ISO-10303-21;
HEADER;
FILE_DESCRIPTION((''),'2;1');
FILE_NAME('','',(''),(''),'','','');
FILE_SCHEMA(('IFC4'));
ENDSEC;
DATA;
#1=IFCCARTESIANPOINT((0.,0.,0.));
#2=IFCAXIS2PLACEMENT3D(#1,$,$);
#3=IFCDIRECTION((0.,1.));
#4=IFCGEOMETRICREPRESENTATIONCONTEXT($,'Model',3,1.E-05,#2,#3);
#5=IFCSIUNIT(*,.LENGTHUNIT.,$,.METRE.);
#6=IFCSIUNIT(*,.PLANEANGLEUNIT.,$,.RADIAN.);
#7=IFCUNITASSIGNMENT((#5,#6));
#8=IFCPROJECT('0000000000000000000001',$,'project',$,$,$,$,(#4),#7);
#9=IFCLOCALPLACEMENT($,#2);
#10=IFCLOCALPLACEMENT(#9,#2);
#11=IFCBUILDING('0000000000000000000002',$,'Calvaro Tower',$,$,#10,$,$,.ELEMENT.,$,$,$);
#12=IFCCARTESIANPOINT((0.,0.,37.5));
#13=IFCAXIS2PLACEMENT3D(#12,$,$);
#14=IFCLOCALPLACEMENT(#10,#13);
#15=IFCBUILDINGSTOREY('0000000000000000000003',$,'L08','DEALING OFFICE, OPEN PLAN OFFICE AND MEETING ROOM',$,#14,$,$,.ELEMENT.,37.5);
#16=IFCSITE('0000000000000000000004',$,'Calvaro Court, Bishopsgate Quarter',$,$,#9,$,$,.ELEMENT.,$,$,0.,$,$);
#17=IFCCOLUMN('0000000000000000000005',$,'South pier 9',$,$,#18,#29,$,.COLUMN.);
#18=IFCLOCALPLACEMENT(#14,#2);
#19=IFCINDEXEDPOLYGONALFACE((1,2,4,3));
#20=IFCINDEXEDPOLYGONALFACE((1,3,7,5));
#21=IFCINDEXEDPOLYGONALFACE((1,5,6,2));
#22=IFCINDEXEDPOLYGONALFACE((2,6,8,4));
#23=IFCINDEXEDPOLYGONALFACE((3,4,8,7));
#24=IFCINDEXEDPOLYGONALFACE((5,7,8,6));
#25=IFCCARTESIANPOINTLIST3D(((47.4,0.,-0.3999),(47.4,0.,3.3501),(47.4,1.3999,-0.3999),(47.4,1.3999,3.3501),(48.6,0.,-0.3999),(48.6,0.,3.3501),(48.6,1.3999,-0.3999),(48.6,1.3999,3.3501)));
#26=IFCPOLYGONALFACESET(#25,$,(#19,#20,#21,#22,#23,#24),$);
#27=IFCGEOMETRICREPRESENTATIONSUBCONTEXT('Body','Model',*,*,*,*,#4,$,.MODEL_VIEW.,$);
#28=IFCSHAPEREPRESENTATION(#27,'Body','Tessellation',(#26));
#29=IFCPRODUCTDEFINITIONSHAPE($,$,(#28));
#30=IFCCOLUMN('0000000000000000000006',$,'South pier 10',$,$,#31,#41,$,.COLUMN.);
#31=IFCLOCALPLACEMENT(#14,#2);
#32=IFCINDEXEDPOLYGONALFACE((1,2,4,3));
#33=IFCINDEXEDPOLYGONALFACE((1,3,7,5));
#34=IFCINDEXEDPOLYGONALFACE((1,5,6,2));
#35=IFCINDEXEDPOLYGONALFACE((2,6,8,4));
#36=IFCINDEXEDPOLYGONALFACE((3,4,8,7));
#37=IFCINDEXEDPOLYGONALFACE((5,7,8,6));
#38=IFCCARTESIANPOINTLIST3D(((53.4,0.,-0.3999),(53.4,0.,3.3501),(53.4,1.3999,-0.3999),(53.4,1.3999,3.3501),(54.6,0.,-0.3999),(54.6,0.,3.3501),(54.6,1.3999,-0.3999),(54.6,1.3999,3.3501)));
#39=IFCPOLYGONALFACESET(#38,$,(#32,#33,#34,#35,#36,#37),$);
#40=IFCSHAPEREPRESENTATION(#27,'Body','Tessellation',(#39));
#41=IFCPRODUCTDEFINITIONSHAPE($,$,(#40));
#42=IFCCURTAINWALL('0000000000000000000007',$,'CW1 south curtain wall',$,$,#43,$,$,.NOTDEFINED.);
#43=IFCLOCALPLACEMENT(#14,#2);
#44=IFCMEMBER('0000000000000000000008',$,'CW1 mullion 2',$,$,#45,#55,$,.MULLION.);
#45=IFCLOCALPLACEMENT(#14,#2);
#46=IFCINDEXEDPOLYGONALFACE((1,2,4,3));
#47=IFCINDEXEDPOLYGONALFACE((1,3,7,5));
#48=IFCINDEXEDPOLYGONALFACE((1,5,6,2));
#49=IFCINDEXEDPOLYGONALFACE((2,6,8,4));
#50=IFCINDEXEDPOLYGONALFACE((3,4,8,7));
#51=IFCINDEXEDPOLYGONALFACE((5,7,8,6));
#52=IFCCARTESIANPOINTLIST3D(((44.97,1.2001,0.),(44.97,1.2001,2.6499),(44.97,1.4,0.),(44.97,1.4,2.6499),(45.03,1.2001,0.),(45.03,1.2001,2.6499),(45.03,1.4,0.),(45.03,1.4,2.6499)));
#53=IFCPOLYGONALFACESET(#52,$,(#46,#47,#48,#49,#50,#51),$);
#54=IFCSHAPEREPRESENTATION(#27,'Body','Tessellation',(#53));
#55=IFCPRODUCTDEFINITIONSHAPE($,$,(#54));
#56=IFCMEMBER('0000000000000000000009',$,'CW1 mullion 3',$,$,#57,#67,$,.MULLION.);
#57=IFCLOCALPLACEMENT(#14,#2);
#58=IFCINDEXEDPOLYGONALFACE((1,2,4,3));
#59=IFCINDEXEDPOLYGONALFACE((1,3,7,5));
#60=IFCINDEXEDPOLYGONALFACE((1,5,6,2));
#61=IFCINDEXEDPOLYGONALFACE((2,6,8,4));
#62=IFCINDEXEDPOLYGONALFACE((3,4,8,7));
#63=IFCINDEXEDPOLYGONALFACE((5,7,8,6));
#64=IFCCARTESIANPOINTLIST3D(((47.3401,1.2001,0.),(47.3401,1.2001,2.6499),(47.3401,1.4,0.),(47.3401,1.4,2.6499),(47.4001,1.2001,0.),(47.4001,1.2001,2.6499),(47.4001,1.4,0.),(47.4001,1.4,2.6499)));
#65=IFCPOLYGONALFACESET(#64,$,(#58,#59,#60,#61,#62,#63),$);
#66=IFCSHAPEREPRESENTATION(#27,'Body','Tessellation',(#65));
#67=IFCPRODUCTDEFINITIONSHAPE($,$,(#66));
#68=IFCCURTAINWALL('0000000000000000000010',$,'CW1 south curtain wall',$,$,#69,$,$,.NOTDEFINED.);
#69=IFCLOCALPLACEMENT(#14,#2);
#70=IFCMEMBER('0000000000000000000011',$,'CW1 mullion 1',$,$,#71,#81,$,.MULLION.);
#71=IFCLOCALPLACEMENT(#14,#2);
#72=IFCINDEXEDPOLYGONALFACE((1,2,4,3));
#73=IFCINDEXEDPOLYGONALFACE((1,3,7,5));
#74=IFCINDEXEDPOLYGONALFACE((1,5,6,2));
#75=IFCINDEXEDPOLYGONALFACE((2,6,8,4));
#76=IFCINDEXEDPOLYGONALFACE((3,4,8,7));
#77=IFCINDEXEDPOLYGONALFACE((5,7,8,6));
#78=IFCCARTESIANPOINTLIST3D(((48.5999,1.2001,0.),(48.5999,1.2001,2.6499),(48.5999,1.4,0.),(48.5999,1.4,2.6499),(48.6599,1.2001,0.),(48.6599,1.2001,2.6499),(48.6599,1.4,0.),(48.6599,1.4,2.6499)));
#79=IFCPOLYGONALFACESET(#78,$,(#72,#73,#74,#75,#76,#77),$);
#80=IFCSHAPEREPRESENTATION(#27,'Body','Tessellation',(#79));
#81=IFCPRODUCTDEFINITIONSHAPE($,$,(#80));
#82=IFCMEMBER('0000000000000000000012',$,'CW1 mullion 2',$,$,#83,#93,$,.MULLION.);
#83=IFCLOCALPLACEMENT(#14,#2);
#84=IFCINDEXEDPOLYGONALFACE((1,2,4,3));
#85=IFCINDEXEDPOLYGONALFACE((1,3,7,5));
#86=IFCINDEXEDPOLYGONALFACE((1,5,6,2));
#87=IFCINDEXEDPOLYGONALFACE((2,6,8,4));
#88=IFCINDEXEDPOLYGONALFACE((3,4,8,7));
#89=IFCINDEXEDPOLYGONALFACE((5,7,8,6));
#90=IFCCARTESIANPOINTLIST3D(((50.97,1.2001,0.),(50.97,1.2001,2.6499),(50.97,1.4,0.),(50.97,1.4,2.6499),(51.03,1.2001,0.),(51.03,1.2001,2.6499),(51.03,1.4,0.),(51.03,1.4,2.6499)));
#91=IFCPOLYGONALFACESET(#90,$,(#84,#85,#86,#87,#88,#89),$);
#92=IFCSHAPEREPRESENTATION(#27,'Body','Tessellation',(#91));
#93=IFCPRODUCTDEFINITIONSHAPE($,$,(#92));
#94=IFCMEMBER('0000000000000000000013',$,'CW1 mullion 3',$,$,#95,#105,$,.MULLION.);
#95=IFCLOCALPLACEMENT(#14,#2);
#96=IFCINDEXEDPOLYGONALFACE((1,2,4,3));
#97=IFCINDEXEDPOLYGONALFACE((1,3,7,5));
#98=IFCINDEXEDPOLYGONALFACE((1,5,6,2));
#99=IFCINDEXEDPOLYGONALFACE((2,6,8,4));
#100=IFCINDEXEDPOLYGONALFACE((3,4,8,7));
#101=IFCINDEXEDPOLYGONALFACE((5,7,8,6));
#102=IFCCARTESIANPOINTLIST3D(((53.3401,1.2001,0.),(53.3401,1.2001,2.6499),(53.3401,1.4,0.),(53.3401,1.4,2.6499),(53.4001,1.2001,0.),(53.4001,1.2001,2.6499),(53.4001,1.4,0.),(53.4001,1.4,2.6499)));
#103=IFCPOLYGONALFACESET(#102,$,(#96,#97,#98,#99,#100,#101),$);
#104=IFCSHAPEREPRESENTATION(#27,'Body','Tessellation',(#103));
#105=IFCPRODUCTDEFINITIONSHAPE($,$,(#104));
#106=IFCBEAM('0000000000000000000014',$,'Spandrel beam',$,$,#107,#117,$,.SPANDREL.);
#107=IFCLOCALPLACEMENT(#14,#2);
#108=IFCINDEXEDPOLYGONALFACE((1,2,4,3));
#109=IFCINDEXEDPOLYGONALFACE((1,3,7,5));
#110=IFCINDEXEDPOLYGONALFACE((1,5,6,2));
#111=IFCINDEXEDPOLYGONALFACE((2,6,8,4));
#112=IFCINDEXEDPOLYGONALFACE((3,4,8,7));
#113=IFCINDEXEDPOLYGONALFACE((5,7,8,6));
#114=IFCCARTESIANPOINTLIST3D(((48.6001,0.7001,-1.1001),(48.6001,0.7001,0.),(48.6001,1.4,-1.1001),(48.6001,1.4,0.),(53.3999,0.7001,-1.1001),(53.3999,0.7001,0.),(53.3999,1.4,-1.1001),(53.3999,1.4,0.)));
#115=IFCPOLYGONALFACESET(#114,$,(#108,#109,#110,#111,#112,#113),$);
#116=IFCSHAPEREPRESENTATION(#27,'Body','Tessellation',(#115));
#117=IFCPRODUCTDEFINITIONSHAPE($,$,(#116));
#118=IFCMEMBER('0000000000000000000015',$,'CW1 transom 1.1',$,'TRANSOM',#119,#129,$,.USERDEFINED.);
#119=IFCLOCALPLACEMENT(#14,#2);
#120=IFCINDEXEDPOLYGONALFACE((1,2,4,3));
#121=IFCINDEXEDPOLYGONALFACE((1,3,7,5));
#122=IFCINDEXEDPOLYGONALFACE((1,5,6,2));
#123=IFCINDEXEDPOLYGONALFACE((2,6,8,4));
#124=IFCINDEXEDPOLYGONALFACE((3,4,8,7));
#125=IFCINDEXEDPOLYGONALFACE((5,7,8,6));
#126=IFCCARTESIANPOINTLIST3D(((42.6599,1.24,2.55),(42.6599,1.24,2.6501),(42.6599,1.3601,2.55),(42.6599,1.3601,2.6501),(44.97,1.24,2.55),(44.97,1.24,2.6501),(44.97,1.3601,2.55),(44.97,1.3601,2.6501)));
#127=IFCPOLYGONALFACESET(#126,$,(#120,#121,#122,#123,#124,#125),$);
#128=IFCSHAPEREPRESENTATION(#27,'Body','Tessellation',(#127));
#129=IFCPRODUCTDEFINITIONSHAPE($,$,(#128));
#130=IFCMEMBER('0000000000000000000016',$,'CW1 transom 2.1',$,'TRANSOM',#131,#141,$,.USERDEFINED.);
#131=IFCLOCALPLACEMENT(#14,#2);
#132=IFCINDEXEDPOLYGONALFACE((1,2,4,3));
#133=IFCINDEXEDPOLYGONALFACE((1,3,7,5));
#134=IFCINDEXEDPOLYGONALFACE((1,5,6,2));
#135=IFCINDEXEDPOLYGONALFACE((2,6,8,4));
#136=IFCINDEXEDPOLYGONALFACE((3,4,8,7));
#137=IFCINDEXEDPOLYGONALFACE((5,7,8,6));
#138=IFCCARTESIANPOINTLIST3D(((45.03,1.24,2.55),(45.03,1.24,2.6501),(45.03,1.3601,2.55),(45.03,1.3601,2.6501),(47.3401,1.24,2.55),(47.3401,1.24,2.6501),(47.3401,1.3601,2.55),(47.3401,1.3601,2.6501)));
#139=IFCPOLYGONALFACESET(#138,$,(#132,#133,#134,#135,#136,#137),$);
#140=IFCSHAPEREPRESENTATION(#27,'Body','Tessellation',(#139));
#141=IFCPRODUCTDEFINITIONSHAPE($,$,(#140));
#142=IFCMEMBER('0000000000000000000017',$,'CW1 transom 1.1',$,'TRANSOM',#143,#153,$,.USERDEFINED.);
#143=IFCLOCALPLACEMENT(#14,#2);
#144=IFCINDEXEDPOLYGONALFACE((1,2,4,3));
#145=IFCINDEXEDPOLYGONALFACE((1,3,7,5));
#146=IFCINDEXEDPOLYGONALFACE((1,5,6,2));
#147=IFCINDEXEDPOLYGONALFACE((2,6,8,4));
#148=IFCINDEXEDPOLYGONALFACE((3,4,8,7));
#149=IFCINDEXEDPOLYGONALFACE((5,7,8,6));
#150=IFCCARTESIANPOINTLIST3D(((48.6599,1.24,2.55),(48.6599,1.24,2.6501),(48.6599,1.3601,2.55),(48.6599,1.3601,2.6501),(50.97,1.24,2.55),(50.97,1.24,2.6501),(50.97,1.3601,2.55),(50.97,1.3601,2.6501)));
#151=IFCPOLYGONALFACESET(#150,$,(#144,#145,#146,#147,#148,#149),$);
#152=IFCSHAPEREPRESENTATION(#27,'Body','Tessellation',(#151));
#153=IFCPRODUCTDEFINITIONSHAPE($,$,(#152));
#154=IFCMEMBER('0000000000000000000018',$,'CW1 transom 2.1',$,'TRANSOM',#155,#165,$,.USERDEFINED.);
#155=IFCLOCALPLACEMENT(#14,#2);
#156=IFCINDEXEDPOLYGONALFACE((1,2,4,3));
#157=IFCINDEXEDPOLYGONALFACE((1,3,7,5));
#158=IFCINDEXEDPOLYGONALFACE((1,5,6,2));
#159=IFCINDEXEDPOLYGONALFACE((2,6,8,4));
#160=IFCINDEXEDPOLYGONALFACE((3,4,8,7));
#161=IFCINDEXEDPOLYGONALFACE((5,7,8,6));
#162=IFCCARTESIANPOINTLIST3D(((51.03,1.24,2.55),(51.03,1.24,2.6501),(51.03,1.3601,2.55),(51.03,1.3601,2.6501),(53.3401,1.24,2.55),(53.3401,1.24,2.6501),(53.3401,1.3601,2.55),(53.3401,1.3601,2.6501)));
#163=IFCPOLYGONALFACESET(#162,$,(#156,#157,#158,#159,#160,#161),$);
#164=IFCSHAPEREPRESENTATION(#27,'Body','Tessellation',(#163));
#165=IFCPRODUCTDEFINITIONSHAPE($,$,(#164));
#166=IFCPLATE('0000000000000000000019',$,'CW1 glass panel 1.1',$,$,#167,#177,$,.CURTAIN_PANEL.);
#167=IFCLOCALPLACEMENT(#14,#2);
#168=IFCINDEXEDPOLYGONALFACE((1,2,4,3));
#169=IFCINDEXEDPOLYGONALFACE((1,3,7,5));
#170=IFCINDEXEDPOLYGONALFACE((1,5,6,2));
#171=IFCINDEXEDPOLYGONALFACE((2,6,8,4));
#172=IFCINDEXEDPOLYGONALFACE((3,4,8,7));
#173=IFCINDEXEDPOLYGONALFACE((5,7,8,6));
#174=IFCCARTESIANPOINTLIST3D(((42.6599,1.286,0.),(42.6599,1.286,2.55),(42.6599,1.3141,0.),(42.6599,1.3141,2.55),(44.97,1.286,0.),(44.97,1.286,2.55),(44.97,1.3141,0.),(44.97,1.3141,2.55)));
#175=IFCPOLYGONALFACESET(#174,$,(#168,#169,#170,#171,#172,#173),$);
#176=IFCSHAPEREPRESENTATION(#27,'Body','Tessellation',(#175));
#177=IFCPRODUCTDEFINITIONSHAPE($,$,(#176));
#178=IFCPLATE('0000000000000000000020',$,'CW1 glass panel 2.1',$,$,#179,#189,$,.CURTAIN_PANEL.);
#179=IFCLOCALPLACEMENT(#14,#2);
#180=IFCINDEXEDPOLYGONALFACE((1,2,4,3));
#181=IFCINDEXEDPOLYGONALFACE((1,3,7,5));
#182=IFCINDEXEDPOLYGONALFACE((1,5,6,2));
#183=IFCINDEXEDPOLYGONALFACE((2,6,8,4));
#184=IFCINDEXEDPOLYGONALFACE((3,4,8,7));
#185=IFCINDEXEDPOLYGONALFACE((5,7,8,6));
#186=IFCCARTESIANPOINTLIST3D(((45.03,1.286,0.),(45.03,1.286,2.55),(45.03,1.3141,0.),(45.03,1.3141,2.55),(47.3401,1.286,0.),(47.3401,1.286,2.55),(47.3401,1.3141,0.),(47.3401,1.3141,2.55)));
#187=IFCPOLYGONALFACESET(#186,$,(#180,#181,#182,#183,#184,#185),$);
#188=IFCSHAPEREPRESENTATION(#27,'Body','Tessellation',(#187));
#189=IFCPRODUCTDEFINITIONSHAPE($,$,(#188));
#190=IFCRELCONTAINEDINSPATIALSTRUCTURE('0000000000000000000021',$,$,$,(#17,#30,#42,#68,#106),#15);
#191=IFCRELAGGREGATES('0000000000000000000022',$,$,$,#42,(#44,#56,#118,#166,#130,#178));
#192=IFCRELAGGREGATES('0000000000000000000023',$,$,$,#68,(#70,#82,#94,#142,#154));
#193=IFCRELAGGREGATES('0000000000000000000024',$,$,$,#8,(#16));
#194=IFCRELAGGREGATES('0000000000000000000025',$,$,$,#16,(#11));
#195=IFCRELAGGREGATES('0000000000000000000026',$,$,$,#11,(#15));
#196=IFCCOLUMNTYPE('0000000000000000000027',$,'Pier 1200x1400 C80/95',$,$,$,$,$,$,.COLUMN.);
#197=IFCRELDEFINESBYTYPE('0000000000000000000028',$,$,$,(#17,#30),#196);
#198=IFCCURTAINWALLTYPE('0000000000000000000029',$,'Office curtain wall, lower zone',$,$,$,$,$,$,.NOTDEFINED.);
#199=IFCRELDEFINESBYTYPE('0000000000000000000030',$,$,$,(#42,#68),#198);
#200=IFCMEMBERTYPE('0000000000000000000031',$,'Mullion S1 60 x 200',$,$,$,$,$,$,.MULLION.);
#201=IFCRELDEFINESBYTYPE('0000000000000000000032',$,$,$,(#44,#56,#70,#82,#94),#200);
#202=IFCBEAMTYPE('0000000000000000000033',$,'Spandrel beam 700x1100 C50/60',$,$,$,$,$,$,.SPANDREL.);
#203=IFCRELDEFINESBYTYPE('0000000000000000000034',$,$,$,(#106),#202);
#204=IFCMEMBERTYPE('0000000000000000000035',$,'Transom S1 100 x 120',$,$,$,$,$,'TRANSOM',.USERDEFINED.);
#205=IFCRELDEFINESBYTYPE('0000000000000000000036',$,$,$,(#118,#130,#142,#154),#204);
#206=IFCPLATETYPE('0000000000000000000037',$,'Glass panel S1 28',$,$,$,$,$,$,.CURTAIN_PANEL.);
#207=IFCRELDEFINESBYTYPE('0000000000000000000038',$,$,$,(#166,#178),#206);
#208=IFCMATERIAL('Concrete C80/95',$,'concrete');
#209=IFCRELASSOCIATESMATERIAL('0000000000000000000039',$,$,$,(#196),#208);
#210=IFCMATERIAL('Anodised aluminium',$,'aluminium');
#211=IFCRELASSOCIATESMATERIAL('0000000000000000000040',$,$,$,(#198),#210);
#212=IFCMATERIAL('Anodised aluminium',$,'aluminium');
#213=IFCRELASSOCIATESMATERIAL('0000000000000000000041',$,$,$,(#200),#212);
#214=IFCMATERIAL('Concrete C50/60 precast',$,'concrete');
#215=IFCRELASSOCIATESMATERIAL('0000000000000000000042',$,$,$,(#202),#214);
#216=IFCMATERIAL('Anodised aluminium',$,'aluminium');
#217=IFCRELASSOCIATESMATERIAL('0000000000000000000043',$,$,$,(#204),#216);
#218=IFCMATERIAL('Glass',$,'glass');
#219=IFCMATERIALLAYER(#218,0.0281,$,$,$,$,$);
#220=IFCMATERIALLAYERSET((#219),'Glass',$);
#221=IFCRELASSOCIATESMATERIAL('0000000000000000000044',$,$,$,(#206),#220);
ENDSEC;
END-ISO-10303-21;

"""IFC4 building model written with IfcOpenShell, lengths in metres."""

from ifc_helpers import new_model, si_unit, direction, frame, origin, origin_2d, place, context, subcontext, project, spatial, rectangle, extrude, material, layer, layer_set, material_profile, profile_set, type_object, element, aggregate, save


model = new_model("IFC4")

# Units and contexts
model_context = context("Model", 3, precision=1e-05, world=origin(), true_north=direction((0.0, 1.0)))
body_context = subcontext(model_context, "Body", "Model", "MODEL_VIEW")
ifc_project = project(units=[si_unit("LENGTHUNIT", "METRE"), si_unit("PLANEANGLEUNIT", "RADIAN")], contexts=[model_context])

# Site, building, storey
site_placement = place(None, origin())
site = spatial("IfcSite", under=ifc_project, at=site_placement, Name="Calvaro Court, Bishopsgate Quarter", CompositionType="ELEMENT", RefElevation=0.0)
building_placement = place(site_placement, origin())
building = spatial("IfcBuilding", under=site, at=building_placement, Name="Calvaro Tower", CompositionType="ELEMENT")
storey_placement = place(building_placement, frame((0.0, 0.0, 37.5)))
storey = spatial("IfcBuildingStorey", under=building, at=storey_placement, Name="L08", Description="DEALING OFFICE, OPEN PLAN OFFICE AND MEETING ROOM", CompositionType="ELEMENT", Elevation=37.5)

# Columns
ifc_material_1 = material(Name="Concrete C80/95", Category="concrete")
ifc_material_profile_1 = material_profile(ifc_material_1, rectangle(XDim=1.2, YDim=1.3999, at=origin_2d()), Name="RC 1200x1400")
ifc_profile_set_1 = profile_set([ifc_material_profile_1], Name="Concrete C80/95")
column_type = type_object("IfcColumnType", Name="Pier 1200x1400 C80/95", PredefinedType="COLUMN", material=ifc_profile_set_1)
for number, where, z_axis, x_axis, name in (
    (1, (48.0, 0.7, -0.3999), (0.0, 0.0, 1.0), (1.0, 0.0, 0.0), "South pier 9"),
    (2, (54.0, 0.7, -0.3999), (0.0, 0.0, 1.0), (1.0, 0.0, 0.0), "South pier 10"),
):
    element("IfcColumn", number, at=place(storey_placement, frame(where, z_axis=z_axis, x_axis=x_axis)), inside=storey, type_object=column_type, Name=name, PredefinedType="COLUMN", context=body_context, shape_type="SweptSolid", body=[
        extrude(rectangle(XDim=1.2, YDim=1.3999, at=origin_2d()), origin(), (0.0, 0.0, 1.0), 3.75),
    ])

# Curtain walls, members
ifc_material_2 = material(Name="Anodised aluminium", Category="aluminium")
curtain_wall_type = type_object("IfcCurtainWallType", Name="Office curtain wall, lower zone", PredefinedType="NOTDEFINED", material=ifc_material_2)
curtain_wall_1_placement = place(storey_placement, origin())
curtain_wall_1 = element("IfcCurtainWall", 3, at=curtain_wall_1_placement, inside=storey, type_object=curtain_wall_type, Name="CW1 south curtain wall", PredefinedType="NOTDEFINED")
ifc_material_3 = material(Name="Anodised aluminium", Category="aluminium")
ifc_material_profile_2 = material_profile(ifc_material_3, rectangle(XDim=0.2, YDim=0.0601, at=origin_2d()), Name="Mullion S1 60 x 200")
ifc_profile_set_2 = profile_set([ifc_material_profile_2], Name="Anodised aluminium")
member_type_1 = type_object("IfcMemberType", Name="Mullion S1 60 x 200", PredefinedType="MULLION", material=ifc_profile_set_2)
member_1_placement = place(storey_placement, frame((45.0, 1.3, 0.0), z_axis=(0.0, 0.0, 1.0), x_axis=(0.0, 1.0, 0.0)))
member_1 = element("IfcMember", 4, at=member_1_placement, type_object=member_type_1, Name="CW1 mullion 2", PredefinedType="MULLION", context=body_context, shape_type="SweptSolid", body=[
    extrude(rectangle(XDim=0.2, YDim=0.0601, at=origin_2d()), origin(), (0.0, 0.0, 1.0), 2.6499),
])
member_2_placement = place(storey_placement, frame((47.3701, 1.3, 0.0), z_axis=(0.0, 0.0, 1.0), x_axis=(0.0, 1.0, 0.0)))
member_2 = element("IfcMember", 5, at=member_2_placement, type_object=member_type_1, Name="CW1 mullion 3", PredefinedType="MULLION", context=body_context, shape_type="SweptSolid", body=[
    extrude(rectangle(XDim=0.2, YDim=0.0601, at=origin_2d()), origin(), (0.0, 0.0, 1.0), 2.6499),
])
curtain_wall_2_placement = place(storey_placement, origin())
curtain_wall_2 = element("IfcCurtainWall", 6, at=curtain_wall_2_placement, inside=storey, type_object=curtain_wall_type, Name="CW1 south curtain wall", PredefinedType="NOTDEFINED")
member_3_placement = place(storey_placement, frame((48.6299, 1.3, 0.0), z_axis=(0.0, 0.0, 1.0), x_axis=(0.0, 1.0, 0.0)))
member_3 = element("IfcMember", 7, at=member_3_placement, type_object=member_type_1, Name="CW1 mullion 1", PredefinedType="MULLION", context=body_context, shape_type="SweptSolid", body=[
    extrude(rectangle(XDim=0.2, YDim=0.0601, at=origin_2d()), origin(), (0.0, 0.0, 1.0), 2.6499),
])
member_4_placement = place(storey_placement, frame((51.0, 1.3, 0.0), z_axis=(0.0, 0.0, 1.0), x_axis=(0.0, 1.0, 0.0)))
member_4 = element("IfcMember", 8, at=member_4_placement, type_object=member_type_1, Name="CW1 mullion 2", PredefinedType="MULLION", context=body_context, shape_type="SweptSolid", body=[
    extrude(rectangle(XDim=0.2, YDim=0.0601, at=origin_2d()), origin(), (0.0, 0.0, 1.0), 2.6499),
])
member_5_placement = place(storey_placement, frame((53.3701, 1.3, 0.0), z_axis=(0.0, 0.0, 1.0), x_axis=(0.0, 1.0, 0.0)))
member_5 = element("IfcMember", 9, at=member_5_placement, type_object=member_type_1, Name="CW1 mullion 3", PredefinedType="MULLION", context=body_context, shape_type="SweptSolid", body=[
    extrude(rectangle(XDim=0.2, YDim=0.0601, at=origin_2d()), origin(), (0.0, 0.0, 1.0), 2.6499),
])

# Beam
ifc_material_4 = material(Name="Concrete C50/60 precast", Category="concrete")
ifc_material_profile_3 = material_profile(ifc_material_4, rectangle(XDim=0.7, YDim=1.1001, at=origin_2d()), Name="RC 700x1100")
ifc_profile_set_3 = profile_set([ifc_material_profile_3], Name="Concrete C50/60 precast")
beam_type = type_object("IfcBeamType", Name="Spandrel beam 700x1100 C50/60", PredefinedType="SPANDREL", material=ifc_profile_set_3)
beam_placement = place(storey_placement, frame((48.6001, 1.05, -0.55), z_axis=(1.0, 0.0, 0.0), x_axis=(0.0, 1.0, 0.0)))
element("IfcBeam", 10, at=beam_placement, inside=storey, type_object=beam_type, Name="Spandrel beam", PredefinedType="SPANDREL", context=body_context, shape_type="SweptSolid", body=[
    extrude(rectangle(XDim=0.7, YDim=1.1001, at=origin_2d()), origin(), (0.0, 0.0, 1.0), 4.7998),
])

# Members
ifc_material_5 = material(Name="Anodised aluminium", Category="aluminium")
ifc_material_profile_4 = material_profile(ifc_material_5, rectangle(XDim=0.1201, YDim=0.1001, at=origin_2d()), Name="Transom S1 100 x 120")
ifc_profile_set_4 = profile_set([ifc_material_profile_4], Name="Anodised aluminium")
member_type_2 = type_object("IfcMemberType", Name="Transom S1 100 x 120", ElementType="TRANSOM", PredefinedType="USERDEFINED", material=ifc_profile_set_4)
member_6_placement = place(storey_placement, frame((42.6599, 1.3, 2.6001), z_axis=(1.0, 0.0, 0.0), x_axis=(0.0, 1.0, 0.0)))
member_6 = element("IfcMember", 11, at=member_6_placement, type_object=member_type_2, Name="CW1 transom 1.1", ObjectType="TRANSOM", PredefinedType="USERDEFINED", context=body_context, shape_type="SweptSolid", body=[
    extrude(rectangle(XDim=0.1201, YDim=0.1001, at=origin_2d()), origin(), (0.0, 0.0, 1.0), 2.3101),
])
member_7_placement = place(storey_placement, frame((45.03, 1.3, 2.6001), z_axis=(1.0, 0.0, 0.0), x_axis=(0.0, 1.0, 0.0)))
member_7 = element("IfcMember", 12, at=member_7_placement, type_object=member_type_2, Name="CW1 transom 2.1", ObjectType="TRANSOM", PredefinedType="USERDEFINED", context=body_context, shape_type="SweptSolid", body=[
    extrude(rectangle(XDim=0.1201, YDim=0.1001, at=origin_2d()), origin(), (0.0, 0.0, 1.0), 2.3101),
])
member_8_placement = place(storey_placement, frame((48.6599, 1.3, 2.6001), z_axis=(1.0, 0.0, 0.0), x_axis=(0.0, 1.0, 0.0)))
member_8 = element("IfcMember", 13, at=member_8_placement, type_object=member_type_2, Name="CW1 transom 1.1", ObjectType="TRANSOM", PredefinedType="USERDEFINED", context=body_context, shape_type="SweptSolid", body=[
    extrude(rectangle(XDim=0.1201, YDim=0.1001, at=origin_2d()), origin(), (0.0, 0.0, 1.0), 2.3101),
])
member_9_placement = place(storey_placement, frame((51.03, 1.3, 2.6001), z_axis=(1.0, 0.0, 0.0), x_axis=(0.0, 1.0, 0.0)))
member_9 = element("IfcMember", 14, at=member_9_placement, type_object=member_type_2, Name="CW1 transom 2.1", ObjectType="TRANSOM", PredefinedType="USERDEFINED", context=body_context, shape_type="SweptSolid", body=[
    extrude(rectangle(XDim=0.1201, YDim=0.1001, at=origin_2d()), origin(), (0.0, 0.0, 1.0), 2.3101),
])

# Plates
ifc_material_6 = material(Name="Glass", Category="glass")
ifc_layer = layer(ifc_material_6, 0.0281)
ifc_layer_set = layer_set([ifc_layer], Name="Glass")
plate_type = type_object("IfcPlateType", Name="Glass panel S1 28", PredefinedType="CURTAIN_PANEL", material=ifc_layer_set)
plate_1_placement = place(storey_placement, frame((43.8149, 1.3, 0.0), z_axis=(0.0, 0.0, 1.0), x_axis=(1.0, 0.0, 0.0)))
plate_1 = element("IfcPlate", 15, at=plate_1_placement, type_object=plate_type, Name="CW1 glass panel 1.1", PredefinedType="CURTAIN_PANEL", context=body_context, shape_type="SweptSolid", body=[
    extrude(rectangle(XDim=2.3101, YDim=0.0281, at=origin_2d()), origin(), (0.0, 0.0, 1.0), 2.55),
])
plate_2_placement = place(storey_placement, frame((46.1851, 1.3, 0.0), z_axis=(0.0, 0.0, 1.0), x_axis=(1.0, 0.0, 0.0)))
plate_2 = element("IfcPlate", 16, at=plate_2_placement, type_object=plate_type, Name="CW1 glass panel 2.1", PredefinedType="CURTAIN_PANEL", context=body_context, shape_type="SweptSolid", body=[
    extrude(rectangle(XDim=2.3101, YDim=0.0281, at=origin_2d()), origin(), (0.0, 0.0, 1.0), 2.55),
])
aggregate(curtain_wall_1, [member_1, member_2, member_6, plate_1, member_7, plate_2])
aggregate(curtain_wall_2, [member_3, member_4, member_5, member_8, member_9])

save(model, "model.ifc")
